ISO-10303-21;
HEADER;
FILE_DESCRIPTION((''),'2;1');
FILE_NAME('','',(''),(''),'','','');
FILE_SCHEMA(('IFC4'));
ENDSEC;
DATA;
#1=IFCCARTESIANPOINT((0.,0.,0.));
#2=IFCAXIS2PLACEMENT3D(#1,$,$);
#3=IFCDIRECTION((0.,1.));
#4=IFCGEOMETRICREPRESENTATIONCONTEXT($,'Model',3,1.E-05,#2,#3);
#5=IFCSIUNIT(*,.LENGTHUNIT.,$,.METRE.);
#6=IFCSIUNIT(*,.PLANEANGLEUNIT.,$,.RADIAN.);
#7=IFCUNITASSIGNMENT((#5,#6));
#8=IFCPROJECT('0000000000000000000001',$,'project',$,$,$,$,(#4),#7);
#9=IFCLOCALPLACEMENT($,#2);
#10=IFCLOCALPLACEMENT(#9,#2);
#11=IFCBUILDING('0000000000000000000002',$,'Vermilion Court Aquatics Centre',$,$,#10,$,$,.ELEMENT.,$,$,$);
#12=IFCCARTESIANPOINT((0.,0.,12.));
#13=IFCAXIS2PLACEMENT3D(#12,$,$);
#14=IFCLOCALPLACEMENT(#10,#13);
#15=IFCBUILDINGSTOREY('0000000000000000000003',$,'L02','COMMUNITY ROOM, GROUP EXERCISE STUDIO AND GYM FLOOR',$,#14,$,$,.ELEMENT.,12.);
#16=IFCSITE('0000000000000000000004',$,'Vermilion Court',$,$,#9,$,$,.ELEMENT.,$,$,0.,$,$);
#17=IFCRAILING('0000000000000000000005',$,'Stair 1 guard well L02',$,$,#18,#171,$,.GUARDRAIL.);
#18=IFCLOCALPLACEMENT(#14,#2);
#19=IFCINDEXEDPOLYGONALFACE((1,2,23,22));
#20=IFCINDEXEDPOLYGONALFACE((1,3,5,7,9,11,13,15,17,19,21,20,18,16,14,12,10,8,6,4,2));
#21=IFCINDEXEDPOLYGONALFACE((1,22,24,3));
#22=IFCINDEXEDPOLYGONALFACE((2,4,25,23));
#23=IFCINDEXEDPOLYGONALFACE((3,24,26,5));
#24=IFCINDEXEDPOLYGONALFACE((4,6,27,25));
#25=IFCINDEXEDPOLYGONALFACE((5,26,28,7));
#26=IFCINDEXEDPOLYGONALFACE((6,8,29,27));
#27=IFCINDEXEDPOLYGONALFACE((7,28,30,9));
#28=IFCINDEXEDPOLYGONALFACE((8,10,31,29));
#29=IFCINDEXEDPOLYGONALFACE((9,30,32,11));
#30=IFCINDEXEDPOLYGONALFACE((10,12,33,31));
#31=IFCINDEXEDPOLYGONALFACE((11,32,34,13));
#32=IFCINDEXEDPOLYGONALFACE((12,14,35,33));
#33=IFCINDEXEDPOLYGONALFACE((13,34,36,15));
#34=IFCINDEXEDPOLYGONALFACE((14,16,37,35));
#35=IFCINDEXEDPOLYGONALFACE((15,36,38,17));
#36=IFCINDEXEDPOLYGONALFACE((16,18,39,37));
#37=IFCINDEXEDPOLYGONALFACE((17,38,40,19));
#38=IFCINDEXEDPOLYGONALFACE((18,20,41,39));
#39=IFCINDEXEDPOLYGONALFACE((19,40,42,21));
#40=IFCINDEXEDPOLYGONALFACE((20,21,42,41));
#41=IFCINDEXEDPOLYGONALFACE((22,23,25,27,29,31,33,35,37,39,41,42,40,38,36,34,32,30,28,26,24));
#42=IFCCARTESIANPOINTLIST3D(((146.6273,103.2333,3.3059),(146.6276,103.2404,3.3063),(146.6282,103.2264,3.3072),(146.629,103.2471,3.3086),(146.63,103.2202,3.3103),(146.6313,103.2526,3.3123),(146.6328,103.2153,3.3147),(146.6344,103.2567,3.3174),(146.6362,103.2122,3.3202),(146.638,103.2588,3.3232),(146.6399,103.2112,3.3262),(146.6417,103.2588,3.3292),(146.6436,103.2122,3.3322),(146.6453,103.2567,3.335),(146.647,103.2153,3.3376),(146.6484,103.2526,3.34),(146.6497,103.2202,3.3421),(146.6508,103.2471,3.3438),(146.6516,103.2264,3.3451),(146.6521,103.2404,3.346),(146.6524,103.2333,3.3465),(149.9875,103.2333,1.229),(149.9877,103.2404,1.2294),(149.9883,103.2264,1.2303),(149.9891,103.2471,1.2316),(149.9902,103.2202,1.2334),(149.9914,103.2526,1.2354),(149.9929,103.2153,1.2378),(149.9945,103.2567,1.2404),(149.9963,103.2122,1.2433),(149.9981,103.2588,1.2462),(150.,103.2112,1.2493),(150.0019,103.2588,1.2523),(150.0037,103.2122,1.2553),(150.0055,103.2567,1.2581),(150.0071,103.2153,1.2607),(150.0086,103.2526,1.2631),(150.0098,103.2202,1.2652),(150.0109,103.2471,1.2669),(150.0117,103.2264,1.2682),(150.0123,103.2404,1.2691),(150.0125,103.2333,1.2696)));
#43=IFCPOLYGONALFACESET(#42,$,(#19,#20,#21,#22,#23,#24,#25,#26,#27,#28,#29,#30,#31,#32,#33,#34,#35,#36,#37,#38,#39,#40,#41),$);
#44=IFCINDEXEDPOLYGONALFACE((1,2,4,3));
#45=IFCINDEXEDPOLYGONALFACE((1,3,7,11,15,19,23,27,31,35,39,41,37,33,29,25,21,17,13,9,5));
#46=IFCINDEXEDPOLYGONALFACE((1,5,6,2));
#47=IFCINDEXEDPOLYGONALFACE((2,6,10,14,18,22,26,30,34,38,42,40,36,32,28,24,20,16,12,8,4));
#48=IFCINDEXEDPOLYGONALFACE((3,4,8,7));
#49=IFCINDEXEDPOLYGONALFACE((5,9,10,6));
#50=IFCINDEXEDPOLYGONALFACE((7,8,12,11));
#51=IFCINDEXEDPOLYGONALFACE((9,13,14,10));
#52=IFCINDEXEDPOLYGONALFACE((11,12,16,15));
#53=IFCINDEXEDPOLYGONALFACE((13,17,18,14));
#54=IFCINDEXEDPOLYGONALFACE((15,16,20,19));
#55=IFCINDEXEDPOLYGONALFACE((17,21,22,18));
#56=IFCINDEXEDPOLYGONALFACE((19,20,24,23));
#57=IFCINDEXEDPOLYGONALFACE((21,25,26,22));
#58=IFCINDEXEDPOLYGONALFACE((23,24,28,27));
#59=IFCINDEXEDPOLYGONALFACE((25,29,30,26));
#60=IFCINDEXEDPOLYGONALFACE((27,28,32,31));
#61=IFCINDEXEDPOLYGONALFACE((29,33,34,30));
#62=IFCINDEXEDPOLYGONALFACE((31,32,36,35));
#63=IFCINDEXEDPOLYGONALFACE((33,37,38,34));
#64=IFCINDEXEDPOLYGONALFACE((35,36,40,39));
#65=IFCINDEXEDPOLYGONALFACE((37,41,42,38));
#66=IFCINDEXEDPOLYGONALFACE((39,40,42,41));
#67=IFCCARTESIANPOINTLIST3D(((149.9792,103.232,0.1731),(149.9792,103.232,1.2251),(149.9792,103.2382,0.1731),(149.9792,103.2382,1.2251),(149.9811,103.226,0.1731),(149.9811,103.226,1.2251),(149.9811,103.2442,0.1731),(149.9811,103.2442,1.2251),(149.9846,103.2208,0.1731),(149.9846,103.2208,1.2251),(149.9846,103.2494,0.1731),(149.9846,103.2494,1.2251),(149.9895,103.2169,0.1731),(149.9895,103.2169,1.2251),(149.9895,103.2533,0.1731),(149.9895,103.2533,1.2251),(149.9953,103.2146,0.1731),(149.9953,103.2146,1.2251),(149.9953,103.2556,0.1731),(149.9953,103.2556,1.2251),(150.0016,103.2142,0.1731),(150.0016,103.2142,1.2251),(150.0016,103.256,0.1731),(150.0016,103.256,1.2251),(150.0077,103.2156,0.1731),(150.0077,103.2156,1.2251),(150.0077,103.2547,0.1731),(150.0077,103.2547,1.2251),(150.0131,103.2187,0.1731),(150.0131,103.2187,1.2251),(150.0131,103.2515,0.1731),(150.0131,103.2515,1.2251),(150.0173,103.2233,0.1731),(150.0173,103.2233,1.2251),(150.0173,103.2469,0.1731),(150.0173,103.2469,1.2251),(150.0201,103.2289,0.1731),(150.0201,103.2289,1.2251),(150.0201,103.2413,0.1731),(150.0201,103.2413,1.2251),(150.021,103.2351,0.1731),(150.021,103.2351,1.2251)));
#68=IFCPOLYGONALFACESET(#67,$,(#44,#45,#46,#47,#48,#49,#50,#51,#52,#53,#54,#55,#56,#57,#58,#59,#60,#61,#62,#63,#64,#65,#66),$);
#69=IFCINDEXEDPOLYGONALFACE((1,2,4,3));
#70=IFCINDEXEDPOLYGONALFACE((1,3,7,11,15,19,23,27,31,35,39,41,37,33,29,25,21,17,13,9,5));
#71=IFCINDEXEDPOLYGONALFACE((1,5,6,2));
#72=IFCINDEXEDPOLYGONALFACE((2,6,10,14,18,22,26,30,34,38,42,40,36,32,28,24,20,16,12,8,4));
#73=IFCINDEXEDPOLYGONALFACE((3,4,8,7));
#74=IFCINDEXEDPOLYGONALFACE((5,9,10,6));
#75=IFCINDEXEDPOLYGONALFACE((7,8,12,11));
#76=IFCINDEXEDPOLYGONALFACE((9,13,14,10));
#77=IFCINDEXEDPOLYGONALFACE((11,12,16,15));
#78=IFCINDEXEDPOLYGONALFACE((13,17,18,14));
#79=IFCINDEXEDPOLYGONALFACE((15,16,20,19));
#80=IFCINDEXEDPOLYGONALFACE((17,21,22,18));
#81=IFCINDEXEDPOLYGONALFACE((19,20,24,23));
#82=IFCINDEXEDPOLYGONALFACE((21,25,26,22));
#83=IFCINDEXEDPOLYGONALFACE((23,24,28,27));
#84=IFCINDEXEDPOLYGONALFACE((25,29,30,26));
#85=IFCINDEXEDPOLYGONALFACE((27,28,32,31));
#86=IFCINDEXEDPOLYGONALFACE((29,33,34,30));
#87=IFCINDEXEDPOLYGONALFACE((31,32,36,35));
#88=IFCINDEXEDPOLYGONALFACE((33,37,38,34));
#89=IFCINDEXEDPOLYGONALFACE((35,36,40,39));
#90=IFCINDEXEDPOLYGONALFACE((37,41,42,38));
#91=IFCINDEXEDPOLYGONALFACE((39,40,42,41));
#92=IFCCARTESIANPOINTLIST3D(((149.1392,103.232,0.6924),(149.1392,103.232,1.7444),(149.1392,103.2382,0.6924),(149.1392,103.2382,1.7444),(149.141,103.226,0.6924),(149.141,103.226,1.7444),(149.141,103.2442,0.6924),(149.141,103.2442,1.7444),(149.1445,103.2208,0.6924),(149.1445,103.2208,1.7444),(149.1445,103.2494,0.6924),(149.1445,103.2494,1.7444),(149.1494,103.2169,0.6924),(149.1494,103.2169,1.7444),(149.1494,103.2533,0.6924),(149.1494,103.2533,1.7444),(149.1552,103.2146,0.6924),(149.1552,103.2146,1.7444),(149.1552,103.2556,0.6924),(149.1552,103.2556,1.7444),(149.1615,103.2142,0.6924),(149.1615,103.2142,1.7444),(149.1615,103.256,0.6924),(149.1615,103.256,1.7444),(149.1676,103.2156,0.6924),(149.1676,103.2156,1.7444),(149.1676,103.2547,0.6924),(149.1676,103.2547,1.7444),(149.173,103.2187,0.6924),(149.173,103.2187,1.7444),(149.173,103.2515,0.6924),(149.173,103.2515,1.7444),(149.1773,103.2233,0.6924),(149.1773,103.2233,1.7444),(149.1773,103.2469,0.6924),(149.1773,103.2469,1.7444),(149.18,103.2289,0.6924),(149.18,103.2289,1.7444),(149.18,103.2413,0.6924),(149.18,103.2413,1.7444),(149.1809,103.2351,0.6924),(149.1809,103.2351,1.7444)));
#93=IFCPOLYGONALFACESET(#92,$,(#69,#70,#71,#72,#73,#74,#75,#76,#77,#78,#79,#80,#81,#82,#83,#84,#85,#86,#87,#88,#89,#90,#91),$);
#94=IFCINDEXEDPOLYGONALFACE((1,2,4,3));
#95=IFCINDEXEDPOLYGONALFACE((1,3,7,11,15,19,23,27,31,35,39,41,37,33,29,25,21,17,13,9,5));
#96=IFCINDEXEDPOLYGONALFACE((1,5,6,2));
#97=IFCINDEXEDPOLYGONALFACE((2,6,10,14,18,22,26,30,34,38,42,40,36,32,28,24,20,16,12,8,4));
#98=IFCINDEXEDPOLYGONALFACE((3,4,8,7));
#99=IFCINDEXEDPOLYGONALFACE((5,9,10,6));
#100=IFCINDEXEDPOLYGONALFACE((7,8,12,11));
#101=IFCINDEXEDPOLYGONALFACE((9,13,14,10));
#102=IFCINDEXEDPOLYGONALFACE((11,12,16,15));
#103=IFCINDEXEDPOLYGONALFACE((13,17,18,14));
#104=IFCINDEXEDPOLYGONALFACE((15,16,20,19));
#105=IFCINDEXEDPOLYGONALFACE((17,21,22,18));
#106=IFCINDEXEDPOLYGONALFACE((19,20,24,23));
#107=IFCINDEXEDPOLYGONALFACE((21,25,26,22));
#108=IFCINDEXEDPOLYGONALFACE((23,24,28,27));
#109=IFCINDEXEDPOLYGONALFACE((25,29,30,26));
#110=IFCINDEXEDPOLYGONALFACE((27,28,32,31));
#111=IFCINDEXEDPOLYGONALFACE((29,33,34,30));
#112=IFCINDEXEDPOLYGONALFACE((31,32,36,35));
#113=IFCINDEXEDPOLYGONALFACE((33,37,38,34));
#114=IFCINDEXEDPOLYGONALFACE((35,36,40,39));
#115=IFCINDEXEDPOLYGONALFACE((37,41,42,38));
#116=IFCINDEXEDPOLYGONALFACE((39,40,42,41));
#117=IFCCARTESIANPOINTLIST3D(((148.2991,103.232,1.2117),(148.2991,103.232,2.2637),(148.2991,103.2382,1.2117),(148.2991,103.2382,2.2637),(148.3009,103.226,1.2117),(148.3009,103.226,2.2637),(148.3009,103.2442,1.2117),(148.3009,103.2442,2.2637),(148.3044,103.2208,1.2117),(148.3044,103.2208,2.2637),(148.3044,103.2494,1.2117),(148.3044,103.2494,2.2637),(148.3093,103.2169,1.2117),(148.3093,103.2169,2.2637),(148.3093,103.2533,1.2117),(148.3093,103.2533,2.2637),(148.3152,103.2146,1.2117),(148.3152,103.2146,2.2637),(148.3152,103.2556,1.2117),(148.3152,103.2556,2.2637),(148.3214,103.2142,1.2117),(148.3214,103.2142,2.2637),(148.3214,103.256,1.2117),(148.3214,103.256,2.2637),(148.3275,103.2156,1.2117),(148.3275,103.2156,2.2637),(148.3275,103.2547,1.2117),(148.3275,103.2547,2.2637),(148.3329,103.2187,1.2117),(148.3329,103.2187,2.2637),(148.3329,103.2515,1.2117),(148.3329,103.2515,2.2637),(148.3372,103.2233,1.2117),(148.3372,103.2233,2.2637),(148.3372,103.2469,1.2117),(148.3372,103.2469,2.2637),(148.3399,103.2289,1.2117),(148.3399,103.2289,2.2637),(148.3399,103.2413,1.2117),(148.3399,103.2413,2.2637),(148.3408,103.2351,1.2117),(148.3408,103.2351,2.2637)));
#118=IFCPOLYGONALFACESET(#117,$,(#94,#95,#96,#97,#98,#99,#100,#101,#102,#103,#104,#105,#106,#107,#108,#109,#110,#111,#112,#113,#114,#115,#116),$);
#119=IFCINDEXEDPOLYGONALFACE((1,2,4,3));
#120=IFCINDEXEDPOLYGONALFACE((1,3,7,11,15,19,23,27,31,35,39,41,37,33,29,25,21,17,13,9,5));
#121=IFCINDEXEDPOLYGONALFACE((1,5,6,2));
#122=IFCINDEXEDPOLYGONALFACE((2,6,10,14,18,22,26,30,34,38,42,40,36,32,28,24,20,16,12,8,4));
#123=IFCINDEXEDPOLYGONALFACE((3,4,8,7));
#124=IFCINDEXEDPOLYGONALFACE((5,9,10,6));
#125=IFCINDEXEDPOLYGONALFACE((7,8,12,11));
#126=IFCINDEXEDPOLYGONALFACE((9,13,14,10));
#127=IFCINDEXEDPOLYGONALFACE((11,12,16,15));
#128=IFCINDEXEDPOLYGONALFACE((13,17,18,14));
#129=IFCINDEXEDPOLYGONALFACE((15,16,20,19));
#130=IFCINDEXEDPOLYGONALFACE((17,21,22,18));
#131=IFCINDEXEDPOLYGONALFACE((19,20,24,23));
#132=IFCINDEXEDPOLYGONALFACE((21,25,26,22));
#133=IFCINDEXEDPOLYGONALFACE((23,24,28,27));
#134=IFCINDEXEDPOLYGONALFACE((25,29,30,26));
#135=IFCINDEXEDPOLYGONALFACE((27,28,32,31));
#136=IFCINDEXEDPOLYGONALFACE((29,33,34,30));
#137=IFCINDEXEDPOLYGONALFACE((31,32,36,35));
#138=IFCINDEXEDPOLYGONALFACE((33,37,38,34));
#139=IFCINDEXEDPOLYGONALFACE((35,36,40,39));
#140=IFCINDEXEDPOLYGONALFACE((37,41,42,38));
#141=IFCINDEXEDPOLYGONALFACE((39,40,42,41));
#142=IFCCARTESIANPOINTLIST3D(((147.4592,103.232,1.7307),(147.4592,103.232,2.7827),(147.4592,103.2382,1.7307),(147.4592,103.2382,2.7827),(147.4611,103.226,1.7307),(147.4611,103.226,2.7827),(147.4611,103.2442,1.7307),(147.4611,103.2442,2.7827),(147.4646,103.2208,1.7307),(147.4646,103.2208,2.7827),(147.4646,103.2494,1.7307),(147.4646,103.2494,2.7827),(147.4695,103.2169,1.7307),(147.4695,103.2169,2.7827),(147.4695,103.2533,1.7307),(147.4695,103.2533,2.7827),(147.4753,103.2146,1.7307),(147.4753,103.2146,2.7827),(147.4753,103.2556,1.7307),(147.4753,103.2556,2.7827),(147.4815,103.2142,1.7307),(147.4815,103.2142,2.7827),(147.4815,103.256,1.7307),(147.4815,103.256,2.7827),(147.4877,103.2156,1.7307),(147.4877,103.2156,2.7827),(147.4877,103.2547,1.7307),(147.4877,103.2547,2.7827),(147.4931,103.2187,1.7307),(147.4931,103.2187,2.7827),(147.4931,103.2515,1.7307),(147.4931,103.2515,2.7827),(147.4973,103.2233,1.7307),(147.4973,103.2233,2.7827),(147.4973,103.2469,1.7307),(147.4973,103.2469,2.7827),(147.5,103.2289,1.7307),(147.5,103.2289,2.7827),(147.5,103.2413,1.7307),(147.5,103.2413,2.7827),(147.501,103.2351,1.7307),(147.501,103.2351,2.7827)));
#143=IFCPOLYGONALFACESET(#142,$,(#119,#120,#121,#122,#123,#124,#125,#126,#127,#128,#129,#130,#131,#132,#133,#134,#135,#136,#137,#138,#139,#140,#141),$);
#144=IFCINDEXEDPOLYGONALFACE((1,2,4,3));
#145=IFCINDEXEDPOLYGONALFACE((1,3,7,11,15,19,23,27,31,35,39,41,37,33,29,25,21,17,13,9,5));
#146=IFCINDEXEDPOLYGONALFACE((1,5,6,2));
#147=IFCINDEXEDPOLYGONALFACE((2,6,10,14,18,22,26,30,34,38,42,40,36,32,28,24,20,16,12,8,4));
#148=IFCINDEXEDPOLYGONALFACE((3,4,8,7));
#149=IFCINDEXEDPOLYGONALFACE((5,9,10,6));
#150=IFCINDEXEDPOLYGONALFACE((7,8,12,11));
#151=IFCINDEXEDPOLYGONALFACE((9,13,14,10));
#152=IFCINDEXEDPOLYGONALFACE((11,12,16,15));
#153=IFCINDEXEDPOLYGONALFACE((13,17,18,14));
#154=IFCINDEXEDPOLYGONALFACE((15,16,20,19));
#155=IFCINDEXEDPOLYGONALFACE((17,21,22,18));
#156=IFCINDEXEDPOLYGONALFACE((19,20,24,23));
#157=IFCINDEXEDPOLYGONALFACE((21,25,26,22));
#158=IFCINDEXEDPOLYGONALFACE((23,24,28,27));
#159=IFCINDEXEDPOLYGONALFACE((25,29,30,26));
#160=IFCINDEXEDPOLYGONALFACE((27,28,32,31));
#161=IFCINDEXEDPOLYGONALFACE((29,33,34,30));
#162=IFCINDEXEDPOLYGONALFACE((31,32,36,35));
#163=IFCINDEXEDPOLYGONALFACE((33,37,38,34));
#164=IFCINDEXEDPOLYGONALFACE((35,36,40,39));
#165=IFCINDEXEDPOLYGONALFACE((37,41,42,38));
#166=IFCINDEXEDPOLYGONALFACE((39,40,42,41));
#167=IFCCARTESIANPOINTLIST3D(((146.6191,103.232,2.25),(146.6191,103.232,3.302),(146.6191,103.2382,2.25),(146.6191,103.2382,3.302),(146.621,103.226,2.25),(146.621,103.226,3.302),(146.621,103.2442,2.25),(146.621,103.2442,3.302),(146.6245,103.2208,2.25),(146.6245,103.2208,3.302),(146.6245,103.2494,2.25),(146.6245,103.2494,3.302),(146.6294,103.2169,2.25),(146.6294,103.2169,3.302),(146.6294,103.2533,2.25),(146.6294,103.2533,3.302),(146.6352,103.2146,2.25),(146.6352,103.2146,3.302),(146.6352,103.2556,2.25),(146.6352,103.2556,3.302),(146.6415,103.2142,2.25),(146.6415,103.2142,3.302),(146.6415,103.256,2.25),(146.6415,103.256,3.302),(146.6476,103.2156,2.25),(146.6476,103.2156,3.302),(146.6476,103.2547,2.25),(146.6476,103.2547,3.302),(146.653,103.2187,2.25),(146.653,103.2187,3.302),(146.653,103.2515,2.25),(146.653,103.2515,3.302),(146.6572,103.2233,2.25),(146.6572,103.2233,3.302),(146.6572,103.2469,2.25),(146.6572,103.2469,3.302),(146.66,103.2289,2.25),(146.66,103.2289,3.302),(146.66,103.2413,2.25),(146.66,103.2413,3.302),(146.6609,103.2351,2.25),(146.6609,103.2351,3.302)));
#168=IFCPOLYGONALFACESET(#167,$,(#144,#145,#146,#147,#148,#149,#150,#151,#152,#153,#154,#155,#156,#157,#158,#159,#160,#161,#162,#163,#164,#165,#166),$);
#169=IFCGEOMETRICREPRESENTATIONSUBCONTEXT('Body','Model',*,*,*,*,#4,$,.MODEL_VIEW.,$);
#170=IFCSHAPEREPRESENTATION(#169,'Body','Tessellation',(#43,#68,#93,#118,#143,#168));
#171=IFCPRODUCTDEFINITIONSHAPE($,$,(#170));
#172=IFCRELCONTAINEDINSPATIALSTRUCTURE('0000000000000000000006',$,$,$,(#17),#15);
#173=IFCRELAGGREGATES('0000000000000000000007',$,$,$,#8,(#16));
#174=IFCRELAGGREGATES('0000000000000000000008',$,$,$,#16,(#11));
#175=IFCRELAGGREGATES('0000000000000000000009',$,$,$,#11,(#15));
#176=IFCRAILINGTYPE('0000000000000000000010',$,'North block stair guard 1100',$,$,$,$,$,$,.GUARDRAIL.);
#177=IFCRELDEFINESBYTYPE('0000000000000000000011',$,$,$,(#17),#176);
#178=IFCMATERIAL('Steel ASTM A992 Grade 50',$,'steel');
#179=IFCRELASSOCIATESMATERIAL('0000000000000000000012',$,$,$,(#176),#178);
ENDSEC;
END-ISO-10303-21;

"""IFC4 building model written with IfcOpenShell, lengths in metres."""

from ifc_helpers import new_model, si_unit, direction, frame, origin, origin_2d, place, context, subcontext, project, spatial, circle, extrude, material, type_object, element, save


model = new_model("IFC4")

# Units and contexts
model_context = context("Model", 3, precision=1e-05, world=origin(), true_north=direction((0.0, 1.0)))
body_context = subcontext(model_context, "Body", "Model", "MODEL_VIEW")
ifc_project = project(units=[si_unit("LENGTHUNIT", "METRE"), si_unit("PLANEANGLEUNIT", "RADIAN")], contexts=[model_context])

# Site, building, storey
site_placement = place(None, origin())
site = spatial("IfcSite", under=ifc_project, at=site_placement, Name="Vermilion Court", CompositionType="ELEMENT", RefElevation=0.0)
building_placement = place(site_placement, origin())
building = spatial("IfcBuilding", under=site, at=building_placement, Name="Vermilion Court Aquatics Centre", CompositionType="ELEMENT")
storey_placement = place(building_placement, frame((0.0, 0.0, 12.0)))
storey = spatial("IfcBuildingStorey", under=building, at=storey_placement, Name="L02", Description="COMMUNITY ROOM, GROUP EXERCISE STUDIO AND GYM FLOOR", CompositionType="ELEMENT", Elevation=12.0)

# Railing
ifc_material_1 = material(Name="Steel ASTM A992 Grade 50", Category="steel")
railing_type_1 = type_object("IfcRailingType", Name="North block stair guard 1100", PredefinedType="GUARDRAIL", material=ifc_material_1)
railing_1_placement = place(storey_placement, frame((150.0, 103.2351, 0.1731)))
element("IfcRailing", 1, at=railing_1_placement, inside=storey, type_object=railing_type_1, Name="Stair 1 guard well L02", PredefinedType="GUARDRAIL", context=body_context, shape_type="SweptSolid", body=[
    extrude(circle(Radius=0.0239, at=origin_2d()), frame((0.0, 0.0, 1.0762), z_axis=(-0.850623, 0.0, 0.525776), x_axis=(0.0, -1.0, 0.0)), (0.0, 0.0, 1.0), 3.9502),
    extrude(circle(Radius=0.021, at=origin_2d()), origin(), (0.0, 0.0, 1.0), 1.052),
    extrude(circle(Radius=0.021, at=origin_2d()), frame((-0.8401, 0.0, 0.5193)), (0.0, 0.0, 1.0), 1.052),
    extrude(circle(Radius=0.021, at=origin_2d()), frame((-1.6802, 0.0, 1.0386)), (0.0, 0.0, 1.0), 1.052),
    extrude(circle(Radius=0.021, at=origin_2d()), frame((-2.52, 0.0, 1.5576)), (0.0, 0.0, 1.0), 1.052),
    extrude(circle(Radius=0.021, at=origin_2d()), frame((-3.3601, 0.0, 2.0769)), (0.0, 0.0, 1.0), 1.052),
])

save(model, "model.ifc")
